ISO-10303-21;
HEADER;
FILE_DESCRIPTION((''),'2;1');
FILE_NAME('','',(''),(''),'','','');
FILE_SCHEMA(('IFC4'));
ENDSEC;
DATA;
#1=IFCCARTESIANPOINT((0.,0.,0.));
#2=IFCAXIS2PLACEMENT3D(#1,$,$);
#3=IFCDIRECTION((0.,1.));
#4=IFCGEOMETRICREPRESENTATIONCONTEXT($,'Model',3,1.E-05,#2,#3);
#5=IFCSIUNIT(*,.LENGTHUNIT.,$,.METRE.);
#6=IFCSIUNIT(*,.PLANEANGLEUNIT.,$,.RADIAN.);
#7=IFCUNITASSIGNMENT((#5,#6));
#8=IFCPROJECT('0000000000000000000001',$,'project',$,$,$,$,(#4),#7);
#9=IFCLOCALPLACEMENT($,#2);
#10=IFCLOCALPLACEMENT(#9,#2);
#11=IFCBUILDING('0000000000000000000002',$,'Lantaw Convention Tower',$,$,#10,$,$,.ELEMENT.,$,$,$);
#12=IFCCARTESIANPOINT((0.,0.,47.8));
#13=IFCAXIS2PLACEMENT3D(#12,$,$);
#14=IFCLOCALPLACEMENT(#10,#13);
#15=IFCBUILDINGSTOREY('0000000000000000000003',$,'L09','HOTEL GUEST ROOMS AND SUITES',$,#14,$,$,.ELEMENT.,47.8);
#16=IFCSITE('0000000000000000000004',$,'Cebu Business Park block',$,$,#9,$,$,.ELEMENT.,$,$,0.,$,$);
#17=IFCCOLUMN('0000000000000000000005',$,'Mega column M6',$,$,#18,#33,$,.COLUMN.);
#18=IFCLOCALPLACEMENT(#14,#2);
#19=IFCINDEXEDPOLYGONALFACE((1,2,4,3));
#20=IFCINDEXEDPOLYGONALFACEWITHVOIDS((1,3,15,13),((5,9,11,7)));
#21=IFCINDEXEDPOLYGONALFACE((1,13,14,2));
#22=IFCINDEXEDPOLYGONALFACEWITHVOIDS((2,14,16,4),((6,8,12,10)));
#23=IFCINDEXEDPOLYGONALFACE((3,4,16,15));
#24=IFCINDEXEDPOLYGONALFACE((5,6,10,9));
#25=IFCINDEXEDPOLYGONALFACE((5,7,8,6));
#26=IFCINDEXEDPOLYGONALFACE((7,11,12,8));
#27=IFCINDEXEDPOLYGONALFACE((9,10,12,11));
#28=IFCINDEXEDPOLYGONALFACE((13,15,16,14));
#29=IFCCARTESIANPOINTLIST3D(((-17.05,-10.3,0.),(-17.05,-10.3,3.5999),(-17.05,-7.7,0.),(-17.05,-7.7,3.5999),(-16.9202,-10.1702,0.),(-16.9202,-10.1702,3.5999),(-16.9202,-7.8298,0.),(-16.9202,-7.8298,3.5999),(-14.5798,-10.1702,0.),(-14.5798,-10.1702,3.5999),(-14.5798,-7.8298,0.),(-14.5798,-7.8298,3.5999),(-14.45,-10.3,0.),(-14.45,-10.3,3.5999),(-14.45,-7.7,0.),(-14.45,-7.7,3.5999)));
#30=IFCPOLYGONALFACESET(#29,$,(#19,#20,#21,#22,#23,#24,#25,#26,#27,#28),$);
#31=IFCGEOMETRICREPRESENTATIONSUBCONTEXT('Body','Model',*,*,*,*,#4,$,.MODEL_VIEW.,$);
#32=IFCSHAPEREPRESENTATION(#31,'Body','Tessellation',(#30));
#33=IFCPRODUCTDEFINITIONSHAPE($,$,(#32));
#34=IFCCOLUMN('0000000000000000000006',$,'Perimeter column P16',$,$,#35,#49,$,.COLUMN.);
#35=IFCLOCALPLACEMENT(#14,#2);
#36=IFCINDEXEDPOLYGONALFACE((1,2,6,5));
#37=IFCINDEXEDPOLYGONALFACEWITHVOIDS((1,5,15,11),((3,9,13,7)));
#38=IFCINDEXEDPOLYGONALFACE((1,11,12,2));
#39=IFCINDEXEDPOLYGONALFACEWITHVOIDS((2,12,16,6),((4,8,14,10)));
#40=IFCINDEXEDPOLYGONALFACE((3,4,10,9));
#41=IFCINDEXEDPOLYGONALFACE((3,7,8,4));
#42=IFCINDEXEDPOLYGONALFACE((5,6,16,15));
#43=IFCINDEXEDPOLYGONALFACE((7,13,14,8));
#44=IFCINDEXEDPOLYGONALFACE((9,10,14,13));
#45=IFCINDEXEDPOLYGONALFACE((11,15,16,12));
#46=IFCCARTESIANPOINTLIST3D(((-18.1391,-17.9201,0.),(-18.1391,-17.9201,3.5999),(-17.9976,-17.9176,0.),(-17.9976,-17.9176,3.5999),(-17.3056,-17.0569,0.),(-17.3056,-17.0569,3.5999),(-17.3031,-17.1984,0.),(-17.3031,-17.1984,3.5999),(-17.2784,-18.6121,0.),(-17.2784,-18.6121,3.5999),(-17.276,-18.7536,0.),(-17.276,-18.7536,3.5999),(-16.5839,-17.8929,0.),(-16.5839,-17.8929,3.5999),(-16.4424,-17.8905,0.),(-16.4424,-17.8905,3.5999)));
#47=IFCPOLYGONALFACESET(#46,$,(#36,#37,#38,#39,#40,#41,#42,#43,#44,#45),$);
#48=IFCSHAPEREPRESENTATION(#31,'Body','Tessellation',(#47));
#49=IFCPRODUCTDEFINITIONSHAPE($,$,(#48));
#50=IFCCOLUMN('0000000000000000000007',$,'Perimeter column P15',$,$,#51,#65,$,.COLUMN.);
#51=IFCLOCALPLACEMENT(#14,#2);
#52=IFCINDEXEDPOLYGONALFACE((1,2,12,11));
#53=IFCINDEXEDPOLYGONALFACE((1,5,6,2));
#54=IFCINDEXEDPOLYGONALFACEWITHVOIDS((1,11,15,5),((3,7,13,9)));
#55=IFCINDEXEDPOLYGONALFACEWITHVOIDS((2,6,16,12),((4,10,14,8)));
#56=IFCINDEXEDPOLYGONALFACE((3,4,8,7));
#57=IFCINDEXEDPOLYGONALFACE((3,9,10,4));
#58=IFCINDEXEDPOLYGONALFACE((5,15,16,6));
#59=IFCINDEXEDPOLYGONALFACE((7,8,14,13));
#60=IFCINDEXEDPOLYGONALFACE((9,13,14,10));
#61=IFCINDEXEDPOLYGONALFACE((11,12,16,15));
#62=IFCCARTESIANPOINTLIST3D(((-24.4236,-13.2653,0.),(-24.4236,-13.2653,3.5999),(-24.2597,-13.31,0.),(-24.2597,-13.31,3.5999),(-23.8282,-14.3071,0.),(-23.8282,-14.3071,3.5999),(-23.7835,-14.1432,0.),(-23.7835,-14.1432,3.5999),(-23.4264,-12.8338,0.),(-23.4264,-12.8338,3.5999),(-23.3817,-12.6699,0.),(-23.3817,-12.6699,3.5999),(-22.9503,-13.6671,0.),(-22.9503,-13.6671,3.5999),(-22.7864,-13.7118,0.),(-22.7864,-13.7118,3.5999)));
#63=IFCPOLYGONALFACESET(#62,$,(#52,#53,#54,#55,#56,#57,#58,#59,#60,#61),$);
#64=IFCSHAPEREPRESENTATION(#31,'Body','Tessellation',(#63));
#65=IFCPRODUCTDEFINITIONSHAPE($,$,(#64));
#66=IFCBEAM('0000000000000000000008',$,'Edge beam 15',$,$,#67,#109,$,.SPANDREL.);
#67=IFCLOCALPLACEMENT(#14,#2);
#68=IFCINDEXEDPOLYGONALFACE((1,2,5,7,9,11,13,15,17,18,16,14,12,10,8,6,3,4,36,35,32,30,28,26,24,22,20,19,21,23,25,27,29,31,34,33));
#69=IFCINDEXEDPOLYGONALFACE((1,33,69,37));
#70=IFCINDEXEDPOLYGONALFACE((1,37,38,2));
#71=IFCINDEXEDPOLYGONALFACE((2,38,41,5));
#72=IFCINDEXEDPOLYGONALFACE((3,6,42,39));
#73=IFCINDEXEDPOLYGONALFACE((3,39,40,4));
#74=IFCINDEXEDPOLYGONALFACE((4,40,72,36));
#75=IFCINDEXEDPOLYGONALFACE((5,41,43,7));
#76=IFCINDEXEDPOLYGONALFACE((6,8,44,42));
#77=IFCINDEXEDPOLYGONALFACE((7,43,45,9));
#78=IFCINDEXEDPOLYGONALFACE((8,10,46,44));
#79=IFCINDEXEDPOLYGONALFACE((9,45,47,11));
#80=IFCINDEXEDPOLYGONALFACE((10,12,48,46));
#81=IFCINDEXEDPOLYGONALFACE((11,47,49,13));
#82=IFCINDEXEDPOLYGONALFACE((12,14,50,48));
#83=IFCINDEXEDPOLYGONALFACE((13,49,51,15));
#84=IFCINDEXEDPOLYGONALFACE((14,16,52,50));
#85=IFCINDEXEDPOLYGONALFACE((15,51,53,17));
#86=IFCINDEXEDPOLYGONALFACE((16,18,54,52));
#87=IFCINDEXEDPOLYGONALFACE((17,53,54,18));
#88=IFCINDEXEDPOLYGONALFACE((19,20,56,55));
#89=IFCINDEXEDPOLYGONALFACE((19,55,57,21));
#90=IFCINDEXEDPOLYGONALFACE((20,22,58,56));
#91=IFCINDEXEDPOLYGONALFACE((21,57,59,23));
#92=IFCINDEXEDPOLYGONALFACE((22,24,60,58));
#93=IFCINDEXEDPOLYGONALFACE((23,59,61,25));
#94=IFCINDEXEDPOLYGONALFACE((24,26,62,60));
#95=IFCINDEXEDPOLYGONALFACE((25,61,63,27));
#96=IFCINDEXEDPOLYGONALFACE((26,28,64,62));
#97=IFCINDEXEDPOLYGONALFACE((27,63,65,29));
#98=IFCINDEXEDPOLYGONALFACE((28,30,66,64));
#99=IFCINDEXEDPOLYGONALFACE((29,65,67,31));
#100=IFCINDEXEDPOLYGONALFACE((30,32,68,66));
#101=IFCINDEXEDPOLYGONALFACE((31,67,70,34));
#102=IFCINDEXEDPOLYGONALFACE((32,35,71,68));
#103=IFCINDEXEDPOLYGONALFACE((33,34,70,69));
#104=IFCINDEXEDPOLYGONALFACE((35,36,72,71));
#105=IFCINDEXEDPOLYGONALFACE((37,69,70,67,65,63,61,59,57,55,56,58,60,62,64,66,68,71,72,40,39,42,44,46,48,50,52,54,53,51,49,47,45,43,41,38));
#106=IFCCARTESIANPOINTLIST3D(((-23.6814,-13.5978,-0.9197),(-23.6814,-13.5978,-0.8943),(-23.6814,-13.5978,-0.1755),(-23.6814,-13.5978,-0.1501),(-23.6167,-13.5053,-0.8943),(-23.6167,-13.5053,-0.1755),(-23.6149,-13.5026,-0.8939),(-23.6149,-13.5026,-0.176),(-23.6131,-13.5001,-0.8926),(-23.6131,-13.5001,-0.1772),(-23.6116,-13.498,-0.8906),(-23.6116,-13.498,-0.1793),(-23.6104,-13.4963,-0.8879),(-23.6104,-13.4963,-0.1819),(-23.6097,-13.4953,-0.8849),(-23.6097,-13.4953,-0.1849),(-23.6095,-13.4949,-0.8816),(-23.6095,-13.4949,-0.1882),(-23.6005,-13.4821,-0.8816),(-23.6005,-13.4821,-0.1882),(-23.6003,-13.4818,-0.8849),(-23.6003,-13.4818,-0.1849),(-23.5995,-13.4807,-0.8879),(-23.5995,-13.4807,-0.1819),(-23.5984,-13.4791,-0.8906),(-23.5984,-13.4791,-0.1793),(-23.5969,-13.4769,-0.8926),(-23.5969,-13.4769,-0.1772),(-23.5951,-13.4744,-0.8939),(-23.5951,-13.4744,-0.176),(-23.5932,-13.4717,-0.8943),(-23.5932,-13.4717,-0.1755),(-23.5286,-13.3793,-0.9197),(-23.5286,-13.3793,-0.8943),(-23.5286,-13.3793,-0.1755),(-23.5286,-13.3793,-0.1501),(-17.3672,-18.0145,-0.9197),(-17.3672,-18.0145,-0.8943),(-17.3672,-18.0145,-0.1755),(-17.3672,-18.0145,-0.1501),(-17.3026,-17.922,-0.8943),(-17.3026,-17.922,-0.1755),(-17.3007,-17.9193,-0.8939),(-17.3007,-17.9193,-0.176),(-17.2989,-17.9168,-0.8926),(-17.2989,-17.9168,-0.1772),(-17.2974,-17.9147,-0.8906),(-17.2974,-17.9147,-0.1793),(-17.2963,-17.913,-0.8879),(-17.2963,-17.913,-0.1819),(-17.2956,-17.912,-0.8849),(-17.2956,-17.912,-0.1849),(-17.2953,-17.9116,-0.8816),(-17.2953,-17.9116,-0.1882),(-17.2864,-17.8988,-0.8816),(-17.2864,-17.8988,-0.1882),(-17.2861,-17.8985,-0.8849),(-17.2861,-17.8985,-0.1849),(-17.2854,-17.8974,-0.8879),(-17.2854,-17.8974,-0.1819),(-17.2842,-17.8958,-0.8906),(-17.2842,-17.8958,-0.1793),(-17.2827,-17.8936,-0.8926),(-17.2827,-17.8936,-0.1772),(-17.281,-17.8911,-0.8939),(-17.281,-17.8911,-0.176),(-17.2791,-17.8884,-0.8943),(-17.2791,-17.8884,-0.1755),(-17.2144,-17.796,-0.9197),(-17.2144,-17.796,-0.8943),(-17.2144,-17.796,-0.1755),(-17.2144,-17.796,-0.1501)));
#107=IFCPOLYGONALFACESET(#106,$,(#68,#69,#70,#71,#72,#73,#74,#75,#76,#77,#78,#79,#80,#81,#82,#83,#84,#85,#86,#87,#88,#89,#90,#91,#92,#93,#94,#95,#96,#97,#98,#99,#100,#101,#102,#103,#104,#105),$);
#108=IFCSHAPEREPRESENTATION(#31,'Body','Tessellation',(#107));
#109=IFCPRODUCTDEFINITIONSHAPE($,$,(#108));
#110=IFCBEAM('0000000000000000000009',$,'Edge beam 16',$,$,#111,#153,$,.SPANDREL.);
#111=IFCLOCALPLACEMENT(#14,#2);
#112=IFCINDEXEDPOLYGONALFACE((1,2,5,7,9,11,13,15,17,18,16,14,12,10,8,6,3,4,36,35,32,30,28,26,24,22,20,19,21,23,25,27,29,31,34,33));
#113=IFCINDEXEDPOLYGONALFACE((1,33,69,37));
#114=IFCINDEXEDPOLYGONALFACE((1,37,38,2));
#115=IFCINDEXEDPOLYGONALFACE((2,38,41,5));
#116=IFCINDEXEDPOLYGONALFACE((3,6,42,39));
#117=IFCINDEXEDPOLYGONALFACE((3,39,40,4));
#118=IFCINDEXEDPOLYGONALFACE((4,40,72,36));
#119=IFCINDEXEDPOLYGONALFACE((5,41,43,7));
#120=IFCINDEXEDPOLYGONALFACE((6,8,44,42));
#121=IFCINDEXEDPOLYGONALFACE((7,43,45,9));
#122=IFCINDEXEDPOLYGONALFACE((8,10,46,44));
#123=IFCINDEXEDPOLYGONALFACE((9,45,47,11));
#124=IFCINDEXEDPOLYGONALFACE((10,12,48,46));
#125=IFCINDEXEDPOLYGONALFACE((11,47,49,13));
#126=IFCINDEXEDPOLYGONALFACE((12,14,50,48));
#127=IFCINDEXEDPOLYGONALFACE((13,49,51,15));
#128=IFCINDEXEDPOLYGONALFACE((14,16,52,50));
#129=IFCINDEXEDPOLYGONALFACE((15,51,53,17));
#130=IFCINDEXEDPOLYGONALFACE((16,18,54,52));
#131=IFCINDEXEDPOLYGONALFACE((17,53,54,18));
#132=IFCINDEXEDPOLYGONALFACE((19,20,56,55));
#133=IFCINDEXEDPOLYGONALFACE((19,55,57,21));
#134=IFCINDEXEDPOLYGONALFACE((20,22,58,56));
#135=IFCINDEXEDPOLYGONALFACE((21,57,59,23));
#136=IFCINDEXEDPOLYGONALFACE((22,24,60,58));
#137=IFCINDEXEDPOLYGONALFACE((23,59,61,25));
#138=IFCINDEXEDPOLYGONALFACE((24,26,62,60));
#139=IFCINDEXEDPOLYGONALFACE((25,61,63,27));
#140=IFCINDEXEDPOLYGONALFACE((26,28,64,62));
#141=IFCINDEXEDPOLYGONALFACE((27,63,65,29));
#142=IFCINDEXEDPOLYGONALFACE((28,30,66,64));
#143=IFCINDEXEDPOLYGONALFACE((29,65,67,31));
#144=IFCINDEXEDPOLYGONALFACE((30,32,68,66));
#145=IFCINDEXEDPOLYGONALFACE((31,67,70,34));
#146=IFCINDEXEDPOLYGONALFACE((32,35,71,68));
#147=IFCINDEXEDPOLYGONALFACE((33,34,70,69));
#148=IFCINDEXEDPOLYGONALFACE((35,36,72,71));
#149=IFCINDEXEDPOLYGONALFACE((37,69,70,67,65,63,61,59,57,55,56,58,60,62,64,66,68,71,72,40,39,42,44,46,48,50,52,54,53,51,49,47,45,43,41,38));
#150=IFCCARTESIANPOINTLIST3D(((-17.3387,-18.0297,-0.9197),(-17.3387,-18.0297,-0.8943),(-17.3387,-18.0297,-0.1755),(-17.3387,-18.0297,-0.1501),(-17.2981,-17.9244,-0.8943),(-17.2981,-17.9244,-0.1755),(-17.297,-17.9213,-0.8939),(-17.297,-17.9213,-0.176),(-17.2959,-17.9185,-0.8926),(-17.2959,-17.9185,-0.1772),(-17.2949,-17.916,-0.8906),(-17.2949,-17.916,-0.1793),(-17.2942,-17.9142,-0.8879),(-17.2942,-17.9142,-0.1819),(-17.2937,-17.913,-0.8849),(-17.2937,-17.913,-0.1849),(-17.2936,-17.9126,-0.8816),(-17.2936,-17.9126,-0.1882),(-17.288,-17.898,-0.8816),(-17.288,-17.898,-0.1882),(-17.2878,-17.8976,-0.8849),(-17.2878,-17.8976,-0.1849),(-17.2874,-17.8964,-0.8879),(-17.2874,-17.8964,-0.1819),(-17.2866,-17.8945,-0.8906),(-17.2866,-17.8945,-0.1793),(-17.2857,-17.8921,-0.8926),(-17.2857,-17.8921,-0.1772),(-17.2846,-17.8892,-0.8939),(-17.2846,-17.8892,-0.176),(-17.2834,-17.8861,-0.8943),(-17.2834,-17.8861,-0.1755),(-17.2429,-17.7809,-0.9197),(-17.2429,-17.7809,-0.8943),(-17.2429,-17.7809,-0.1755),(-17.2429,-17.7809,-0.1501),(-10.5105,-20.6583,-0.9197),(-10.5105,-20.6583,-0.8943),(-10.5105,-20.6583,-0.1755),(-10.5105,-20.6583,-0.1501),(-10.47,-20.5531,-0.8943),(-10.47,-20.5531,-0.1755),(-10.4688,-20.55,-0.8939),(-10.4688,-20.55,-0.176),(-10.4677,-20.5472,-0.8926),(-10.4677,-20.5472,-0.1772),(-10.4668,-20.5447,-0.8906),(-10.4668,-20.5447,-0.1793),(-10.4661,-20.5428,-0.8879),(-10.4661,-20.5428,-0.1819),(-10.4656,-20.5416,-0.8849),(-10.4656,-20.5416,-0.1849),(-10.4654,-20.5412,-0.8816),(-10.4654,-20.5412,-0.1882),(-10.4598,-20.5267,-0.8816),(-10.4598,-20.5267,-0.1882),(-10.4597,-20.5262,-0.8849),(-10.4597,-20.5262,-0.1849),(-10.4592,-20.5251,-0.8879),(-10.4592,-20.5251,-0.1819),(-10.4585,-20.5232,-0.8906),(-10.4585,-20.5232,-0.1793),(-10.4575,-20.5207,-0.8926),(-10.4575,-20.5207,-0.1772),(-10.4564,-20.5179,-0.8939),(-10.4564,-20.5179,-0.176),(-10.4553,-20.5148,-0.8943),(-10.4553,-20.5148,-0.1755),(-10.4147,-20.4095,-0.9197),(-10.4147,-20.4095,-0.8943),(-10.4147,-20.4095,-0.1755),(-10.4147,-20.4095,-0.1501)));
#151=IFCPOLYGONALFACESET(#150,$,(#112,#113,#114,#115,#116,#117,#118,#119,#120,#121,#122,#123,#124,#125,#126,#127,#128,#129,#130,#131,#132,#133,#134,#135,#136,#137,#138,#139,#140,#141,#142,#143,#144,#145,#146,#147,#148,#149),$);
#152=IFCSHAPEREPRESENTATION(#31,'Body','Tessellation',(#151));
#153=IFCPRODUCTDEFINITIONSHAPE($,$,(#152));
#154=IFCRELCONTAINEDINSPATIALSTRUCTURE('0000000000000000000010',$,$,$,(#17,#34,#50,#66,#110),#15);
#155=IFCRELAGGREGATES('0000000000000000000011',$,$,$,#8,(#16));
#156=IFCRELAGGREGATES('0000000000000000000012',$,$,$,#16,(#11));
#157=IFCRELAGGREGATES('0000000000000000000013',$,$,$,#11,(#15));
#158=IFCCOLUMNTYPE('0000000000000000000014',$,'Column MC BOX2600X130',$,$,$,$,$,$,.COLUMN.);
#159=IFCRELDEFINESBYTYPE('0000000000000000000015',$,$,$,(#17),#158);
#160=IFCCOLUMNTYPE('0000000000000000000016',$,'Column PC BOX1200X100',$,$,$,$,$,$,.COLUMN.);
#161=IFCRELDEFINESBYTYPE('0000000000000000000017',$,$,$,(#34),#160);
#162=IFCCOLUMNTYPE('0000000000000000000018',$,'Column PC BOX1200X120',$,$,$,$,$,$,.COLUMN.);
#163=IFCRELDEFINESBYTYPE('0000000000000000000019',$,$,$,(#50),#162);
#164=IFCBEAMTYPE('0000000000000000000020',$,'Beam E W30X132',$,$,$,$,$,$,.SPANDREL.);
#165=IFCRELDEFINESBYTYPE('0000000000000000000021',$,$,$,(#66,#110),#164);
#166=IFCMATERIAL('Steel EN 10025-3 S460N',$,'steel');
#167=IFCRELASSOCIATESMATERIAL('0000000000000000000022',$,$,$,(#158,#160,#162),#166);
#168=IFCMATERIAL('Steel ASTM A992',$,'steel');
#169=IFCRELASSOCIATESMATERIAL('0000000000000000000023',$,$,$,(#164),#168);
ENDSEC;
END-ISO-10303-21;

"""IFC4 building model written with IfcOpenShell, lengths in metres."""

from ifc_helpers import new_model, si_unit, direction, frame, origin, origin_2d, place, context, subcontext, project, spatial, rectangle, hollow_rectangle, i_section, extrude, material, material_profile, profile_set, type_object, element, save


model = new_model("IFC4")

# Units and contexts
model_context = context("Model", 3, precision=1e-05, world=origin(), true_north=direction((0.0, 1.0)))
body_context = subcontext(model_context, "Body", "Model", "MODEL_VIEW")
ifc_project = project(units=[si_unit("LENGTHUNIT", "METRE"), si_unit("PLANEANGLEUNIT", "RADIAN")], contexts=[model_context])

# Site, building, storey
site_placement = place(None, origin())
site = spatial("IfcSite", under=ifc_project, at=site_placement, Name="Cebu Business Park block", CompositionType="ELEMENT", RefElevation=0.0)
building_placement = place(site_placement, origin())
building = spatial("IfcBuilding", under=site, at=building_placement, Name="Lantaw Convention Tower", CompositionType="ELEMENT")
storey_placement = place(building_placement, frame((0.0, 0.0, 47.8)))
storey = spatial("IfcBuildingStorey", under=building, at=storey_placement, Name="L09", Description="HOTEL GUEST ROOMS AND SUITES", CompositionType="ELEMENT", Elevation=47.8)

# Columns
ifc_material_1 = material(Name="Steel EN 10025-3 S460N", Category="steel")
ifc_material_profile_1 = material_profile(ifc_material_1, hollow_rectangle(XDim=2.6001, YDim=2.6001, WallThickness=0.1299, at=origin_2d()), Name="BOX2600X130")
ifc_material_2 = material(Name="Concrete C60/75", Category="concrete")
ifc_material_profile_2 = material_profile(ifc_material_2, rectangle(XDim=2.3401, YDim=2.3401, at=origin_2d()), Name="Concrete fill of BOX2600X130")
ifc_profile_set_1 = profile_set([ifc_material_profile_1, ifc_material_profile_2], Name="Steel EN 10025-3 S460N")
column_type_1 = type_object("IfcColumnType", Name="Column MC BOX2600X130", PredefinedType="COLUMN", material=ifc_profile_set_1)
column_1_placement = place(storey_placement, frame((-15.75, -9.0, 0.0), z_axis=(0.0, 0.0, 1.0), x_axis=(1.0, 0.0, 0.0)))
element("IfcColumn", 1, at=column_1_placement, inside=storey, type_object=column_type_1, Name="Mega column M6", PredefinedType="COLUMN", context=body_context, shape_type="SweptSolid", body=[
    extrude(hollow_rectangle(XDim=2.6001, YDim=2.6001, WallThickness=0.1299, at=origin_2d()), origin(), (0.0, 0.0, 1.0), 3.5999),
])
ifc_material_profile_3 = material_profile(ifc_material_1, hollow_rectangle(XDim=1.2, YDim=1.2, WallThickness=0.1001, at=origin_2d()), Name="BOX1200X100")
ifc_material_profile_4 = material_profile(ifc_material_2, rectangle(XDim=1.0, YDim=1.0, at=origin_2d()), Name="Concrete fill of BOX1200X100")
ifc_profile_set_2 = profile_set([ifc_material_profile_3, ifc_material_profile_4], Name="Steel EN 10025-3 S460N")
column_type_2 = type_object("IfcColumnType", Name="Column PC BOX1200X100", PredefinedType="COLUMN", material=ifc_profile_set_2)
column_2_placement = place(storey_placement, frame((-17.2908, -17.9053, 0.0), z_axis=(0.0, 0.0, 1.0), x_axis=(0.694658, 0.71934, 0.0)))
element("IfcColumn", 2, at=column_2_placement, inside=storey, type_object=column_type_2, Name="Perimeter column P16", PredefinedType="COLUMN", context=body_context, shape_type="SweptSolid", body=[
    extrude(hollow_rectangle(XDim=1.2, YDim=1.2, WallThickness=0.1001, at=origin_2d()), origin(), (0.0, 0.0, 1.0), 3.5999),
])
ifc_material_profile_5 = material_profile(ifc_material_1, hollow_rectangle(XDim=1.2, YDim=1.2, WallThickness=0.1201, at=origin_2d()), Name="BOX1200X120")
ifc_material_profile_6 = material_profile(ifc_material_2, rectangle(XDim=0.96, YDim=0.96, at=origin_2d()), Name="Concrete fill of BOX1200X120")
ifc_profile_set_3 = profile_set([ifc_material_profile_5, ifc_material_profile_6], Name="Steel EN 10025-3 S460N")
column_type_3 = type_object("IfcColumnType", Name="Column PC BOX1200X120", PredefinedType="COLUMN", material=ifc_profile_set_3)
column_3_placement = place(storey_placement, frame((-23.605, -13.4885, 0.0), z_axis=(0.0, 0.0, 1.0), x_axis=(0.868243, 0.496139, 0.0)))
element("IfcColumn", 3, at=column_3_placement, inside=storey, type_object=column_type_3, Name="Perimeter column P15", PredefinedType="COLUMN", context=body_context, shape_type="SweptSolid", body=[
    extrude(hollow_rectangle(XDim=1.2, YDim=1.2, WallThickness=0.1201, at=origin_2d()), origin(), (0.0, 0.0, 1.0), 3.5999),
])

# Beams
ifc_material_3 = material(Name="Steel ASTM A992", Category="steel")
ifc_material_profile_7 = material_profile(ifc_material_3, i_section(OverallWidth=0.2666, OverallDepth=0.7695, WebThickness=0.0156, FlangeThickness=0.0254, FilletRadius=0.0127, at=origin_2d()), Name="W30X132")
ifc_profile_set_4 = profile_set([ifc_material_profile_7], Name="Steel ASTM A992")
beam_type_1 = type_object("IfcBeamType", Name="Beam E W30X132", PredefinedType="SPANDREL", material=ifc_profile_set_4)
beam_1_placement = place(storey_placement, frame((-23.605, -13.4885, -0.5349), z_axis=(0.819427, -0.573184, 0.0), x_axis=(0.573184, 0.819427, 0.0)))
element("IfcBeam", 4, at=beam_1_placement, inside=storey, type_object=beam_type_1, Name="Edge beam 15", PredefinedType="SPANDREL", context=body_context, shape_type="SweptSolid", body=[
    extrude(i_section(OverallWidth=0.2666, OverallDepth=0.7695, WebThickness=0.0156, FlangeThickness=0.0254, FilletRadius=0.0127, at=origin_2d()), origin(), (0.0, 0.0, 1.0), 7.7056),
])
beam_2_placement = place(storey_placement, frame((-17.2908, -17.9053, -0.5349), z_axis=(0.933233, -0.359272, 0.0), x_axis=(0.359272, 0.933233, 0.0)))
element("IfcBeam", 5, at=beam_2_placement, inside=storey, type_object=beam_type_1, Name="Edge beam 16", PredefinedType="SPANDREL", context=body_context, shape_type="SweptSolid", body=[
    extrude(i_section(OverallWidth=0.2666, OverallDepth=0.7695, WebThickness=0.0156, FlangeThickness=0.0254, FilletRadius=0.0127, at=origin_2d()), origin(), (0.0, 0.0, 1.0), 7.3167),
])

save(model, "model.ifc")
